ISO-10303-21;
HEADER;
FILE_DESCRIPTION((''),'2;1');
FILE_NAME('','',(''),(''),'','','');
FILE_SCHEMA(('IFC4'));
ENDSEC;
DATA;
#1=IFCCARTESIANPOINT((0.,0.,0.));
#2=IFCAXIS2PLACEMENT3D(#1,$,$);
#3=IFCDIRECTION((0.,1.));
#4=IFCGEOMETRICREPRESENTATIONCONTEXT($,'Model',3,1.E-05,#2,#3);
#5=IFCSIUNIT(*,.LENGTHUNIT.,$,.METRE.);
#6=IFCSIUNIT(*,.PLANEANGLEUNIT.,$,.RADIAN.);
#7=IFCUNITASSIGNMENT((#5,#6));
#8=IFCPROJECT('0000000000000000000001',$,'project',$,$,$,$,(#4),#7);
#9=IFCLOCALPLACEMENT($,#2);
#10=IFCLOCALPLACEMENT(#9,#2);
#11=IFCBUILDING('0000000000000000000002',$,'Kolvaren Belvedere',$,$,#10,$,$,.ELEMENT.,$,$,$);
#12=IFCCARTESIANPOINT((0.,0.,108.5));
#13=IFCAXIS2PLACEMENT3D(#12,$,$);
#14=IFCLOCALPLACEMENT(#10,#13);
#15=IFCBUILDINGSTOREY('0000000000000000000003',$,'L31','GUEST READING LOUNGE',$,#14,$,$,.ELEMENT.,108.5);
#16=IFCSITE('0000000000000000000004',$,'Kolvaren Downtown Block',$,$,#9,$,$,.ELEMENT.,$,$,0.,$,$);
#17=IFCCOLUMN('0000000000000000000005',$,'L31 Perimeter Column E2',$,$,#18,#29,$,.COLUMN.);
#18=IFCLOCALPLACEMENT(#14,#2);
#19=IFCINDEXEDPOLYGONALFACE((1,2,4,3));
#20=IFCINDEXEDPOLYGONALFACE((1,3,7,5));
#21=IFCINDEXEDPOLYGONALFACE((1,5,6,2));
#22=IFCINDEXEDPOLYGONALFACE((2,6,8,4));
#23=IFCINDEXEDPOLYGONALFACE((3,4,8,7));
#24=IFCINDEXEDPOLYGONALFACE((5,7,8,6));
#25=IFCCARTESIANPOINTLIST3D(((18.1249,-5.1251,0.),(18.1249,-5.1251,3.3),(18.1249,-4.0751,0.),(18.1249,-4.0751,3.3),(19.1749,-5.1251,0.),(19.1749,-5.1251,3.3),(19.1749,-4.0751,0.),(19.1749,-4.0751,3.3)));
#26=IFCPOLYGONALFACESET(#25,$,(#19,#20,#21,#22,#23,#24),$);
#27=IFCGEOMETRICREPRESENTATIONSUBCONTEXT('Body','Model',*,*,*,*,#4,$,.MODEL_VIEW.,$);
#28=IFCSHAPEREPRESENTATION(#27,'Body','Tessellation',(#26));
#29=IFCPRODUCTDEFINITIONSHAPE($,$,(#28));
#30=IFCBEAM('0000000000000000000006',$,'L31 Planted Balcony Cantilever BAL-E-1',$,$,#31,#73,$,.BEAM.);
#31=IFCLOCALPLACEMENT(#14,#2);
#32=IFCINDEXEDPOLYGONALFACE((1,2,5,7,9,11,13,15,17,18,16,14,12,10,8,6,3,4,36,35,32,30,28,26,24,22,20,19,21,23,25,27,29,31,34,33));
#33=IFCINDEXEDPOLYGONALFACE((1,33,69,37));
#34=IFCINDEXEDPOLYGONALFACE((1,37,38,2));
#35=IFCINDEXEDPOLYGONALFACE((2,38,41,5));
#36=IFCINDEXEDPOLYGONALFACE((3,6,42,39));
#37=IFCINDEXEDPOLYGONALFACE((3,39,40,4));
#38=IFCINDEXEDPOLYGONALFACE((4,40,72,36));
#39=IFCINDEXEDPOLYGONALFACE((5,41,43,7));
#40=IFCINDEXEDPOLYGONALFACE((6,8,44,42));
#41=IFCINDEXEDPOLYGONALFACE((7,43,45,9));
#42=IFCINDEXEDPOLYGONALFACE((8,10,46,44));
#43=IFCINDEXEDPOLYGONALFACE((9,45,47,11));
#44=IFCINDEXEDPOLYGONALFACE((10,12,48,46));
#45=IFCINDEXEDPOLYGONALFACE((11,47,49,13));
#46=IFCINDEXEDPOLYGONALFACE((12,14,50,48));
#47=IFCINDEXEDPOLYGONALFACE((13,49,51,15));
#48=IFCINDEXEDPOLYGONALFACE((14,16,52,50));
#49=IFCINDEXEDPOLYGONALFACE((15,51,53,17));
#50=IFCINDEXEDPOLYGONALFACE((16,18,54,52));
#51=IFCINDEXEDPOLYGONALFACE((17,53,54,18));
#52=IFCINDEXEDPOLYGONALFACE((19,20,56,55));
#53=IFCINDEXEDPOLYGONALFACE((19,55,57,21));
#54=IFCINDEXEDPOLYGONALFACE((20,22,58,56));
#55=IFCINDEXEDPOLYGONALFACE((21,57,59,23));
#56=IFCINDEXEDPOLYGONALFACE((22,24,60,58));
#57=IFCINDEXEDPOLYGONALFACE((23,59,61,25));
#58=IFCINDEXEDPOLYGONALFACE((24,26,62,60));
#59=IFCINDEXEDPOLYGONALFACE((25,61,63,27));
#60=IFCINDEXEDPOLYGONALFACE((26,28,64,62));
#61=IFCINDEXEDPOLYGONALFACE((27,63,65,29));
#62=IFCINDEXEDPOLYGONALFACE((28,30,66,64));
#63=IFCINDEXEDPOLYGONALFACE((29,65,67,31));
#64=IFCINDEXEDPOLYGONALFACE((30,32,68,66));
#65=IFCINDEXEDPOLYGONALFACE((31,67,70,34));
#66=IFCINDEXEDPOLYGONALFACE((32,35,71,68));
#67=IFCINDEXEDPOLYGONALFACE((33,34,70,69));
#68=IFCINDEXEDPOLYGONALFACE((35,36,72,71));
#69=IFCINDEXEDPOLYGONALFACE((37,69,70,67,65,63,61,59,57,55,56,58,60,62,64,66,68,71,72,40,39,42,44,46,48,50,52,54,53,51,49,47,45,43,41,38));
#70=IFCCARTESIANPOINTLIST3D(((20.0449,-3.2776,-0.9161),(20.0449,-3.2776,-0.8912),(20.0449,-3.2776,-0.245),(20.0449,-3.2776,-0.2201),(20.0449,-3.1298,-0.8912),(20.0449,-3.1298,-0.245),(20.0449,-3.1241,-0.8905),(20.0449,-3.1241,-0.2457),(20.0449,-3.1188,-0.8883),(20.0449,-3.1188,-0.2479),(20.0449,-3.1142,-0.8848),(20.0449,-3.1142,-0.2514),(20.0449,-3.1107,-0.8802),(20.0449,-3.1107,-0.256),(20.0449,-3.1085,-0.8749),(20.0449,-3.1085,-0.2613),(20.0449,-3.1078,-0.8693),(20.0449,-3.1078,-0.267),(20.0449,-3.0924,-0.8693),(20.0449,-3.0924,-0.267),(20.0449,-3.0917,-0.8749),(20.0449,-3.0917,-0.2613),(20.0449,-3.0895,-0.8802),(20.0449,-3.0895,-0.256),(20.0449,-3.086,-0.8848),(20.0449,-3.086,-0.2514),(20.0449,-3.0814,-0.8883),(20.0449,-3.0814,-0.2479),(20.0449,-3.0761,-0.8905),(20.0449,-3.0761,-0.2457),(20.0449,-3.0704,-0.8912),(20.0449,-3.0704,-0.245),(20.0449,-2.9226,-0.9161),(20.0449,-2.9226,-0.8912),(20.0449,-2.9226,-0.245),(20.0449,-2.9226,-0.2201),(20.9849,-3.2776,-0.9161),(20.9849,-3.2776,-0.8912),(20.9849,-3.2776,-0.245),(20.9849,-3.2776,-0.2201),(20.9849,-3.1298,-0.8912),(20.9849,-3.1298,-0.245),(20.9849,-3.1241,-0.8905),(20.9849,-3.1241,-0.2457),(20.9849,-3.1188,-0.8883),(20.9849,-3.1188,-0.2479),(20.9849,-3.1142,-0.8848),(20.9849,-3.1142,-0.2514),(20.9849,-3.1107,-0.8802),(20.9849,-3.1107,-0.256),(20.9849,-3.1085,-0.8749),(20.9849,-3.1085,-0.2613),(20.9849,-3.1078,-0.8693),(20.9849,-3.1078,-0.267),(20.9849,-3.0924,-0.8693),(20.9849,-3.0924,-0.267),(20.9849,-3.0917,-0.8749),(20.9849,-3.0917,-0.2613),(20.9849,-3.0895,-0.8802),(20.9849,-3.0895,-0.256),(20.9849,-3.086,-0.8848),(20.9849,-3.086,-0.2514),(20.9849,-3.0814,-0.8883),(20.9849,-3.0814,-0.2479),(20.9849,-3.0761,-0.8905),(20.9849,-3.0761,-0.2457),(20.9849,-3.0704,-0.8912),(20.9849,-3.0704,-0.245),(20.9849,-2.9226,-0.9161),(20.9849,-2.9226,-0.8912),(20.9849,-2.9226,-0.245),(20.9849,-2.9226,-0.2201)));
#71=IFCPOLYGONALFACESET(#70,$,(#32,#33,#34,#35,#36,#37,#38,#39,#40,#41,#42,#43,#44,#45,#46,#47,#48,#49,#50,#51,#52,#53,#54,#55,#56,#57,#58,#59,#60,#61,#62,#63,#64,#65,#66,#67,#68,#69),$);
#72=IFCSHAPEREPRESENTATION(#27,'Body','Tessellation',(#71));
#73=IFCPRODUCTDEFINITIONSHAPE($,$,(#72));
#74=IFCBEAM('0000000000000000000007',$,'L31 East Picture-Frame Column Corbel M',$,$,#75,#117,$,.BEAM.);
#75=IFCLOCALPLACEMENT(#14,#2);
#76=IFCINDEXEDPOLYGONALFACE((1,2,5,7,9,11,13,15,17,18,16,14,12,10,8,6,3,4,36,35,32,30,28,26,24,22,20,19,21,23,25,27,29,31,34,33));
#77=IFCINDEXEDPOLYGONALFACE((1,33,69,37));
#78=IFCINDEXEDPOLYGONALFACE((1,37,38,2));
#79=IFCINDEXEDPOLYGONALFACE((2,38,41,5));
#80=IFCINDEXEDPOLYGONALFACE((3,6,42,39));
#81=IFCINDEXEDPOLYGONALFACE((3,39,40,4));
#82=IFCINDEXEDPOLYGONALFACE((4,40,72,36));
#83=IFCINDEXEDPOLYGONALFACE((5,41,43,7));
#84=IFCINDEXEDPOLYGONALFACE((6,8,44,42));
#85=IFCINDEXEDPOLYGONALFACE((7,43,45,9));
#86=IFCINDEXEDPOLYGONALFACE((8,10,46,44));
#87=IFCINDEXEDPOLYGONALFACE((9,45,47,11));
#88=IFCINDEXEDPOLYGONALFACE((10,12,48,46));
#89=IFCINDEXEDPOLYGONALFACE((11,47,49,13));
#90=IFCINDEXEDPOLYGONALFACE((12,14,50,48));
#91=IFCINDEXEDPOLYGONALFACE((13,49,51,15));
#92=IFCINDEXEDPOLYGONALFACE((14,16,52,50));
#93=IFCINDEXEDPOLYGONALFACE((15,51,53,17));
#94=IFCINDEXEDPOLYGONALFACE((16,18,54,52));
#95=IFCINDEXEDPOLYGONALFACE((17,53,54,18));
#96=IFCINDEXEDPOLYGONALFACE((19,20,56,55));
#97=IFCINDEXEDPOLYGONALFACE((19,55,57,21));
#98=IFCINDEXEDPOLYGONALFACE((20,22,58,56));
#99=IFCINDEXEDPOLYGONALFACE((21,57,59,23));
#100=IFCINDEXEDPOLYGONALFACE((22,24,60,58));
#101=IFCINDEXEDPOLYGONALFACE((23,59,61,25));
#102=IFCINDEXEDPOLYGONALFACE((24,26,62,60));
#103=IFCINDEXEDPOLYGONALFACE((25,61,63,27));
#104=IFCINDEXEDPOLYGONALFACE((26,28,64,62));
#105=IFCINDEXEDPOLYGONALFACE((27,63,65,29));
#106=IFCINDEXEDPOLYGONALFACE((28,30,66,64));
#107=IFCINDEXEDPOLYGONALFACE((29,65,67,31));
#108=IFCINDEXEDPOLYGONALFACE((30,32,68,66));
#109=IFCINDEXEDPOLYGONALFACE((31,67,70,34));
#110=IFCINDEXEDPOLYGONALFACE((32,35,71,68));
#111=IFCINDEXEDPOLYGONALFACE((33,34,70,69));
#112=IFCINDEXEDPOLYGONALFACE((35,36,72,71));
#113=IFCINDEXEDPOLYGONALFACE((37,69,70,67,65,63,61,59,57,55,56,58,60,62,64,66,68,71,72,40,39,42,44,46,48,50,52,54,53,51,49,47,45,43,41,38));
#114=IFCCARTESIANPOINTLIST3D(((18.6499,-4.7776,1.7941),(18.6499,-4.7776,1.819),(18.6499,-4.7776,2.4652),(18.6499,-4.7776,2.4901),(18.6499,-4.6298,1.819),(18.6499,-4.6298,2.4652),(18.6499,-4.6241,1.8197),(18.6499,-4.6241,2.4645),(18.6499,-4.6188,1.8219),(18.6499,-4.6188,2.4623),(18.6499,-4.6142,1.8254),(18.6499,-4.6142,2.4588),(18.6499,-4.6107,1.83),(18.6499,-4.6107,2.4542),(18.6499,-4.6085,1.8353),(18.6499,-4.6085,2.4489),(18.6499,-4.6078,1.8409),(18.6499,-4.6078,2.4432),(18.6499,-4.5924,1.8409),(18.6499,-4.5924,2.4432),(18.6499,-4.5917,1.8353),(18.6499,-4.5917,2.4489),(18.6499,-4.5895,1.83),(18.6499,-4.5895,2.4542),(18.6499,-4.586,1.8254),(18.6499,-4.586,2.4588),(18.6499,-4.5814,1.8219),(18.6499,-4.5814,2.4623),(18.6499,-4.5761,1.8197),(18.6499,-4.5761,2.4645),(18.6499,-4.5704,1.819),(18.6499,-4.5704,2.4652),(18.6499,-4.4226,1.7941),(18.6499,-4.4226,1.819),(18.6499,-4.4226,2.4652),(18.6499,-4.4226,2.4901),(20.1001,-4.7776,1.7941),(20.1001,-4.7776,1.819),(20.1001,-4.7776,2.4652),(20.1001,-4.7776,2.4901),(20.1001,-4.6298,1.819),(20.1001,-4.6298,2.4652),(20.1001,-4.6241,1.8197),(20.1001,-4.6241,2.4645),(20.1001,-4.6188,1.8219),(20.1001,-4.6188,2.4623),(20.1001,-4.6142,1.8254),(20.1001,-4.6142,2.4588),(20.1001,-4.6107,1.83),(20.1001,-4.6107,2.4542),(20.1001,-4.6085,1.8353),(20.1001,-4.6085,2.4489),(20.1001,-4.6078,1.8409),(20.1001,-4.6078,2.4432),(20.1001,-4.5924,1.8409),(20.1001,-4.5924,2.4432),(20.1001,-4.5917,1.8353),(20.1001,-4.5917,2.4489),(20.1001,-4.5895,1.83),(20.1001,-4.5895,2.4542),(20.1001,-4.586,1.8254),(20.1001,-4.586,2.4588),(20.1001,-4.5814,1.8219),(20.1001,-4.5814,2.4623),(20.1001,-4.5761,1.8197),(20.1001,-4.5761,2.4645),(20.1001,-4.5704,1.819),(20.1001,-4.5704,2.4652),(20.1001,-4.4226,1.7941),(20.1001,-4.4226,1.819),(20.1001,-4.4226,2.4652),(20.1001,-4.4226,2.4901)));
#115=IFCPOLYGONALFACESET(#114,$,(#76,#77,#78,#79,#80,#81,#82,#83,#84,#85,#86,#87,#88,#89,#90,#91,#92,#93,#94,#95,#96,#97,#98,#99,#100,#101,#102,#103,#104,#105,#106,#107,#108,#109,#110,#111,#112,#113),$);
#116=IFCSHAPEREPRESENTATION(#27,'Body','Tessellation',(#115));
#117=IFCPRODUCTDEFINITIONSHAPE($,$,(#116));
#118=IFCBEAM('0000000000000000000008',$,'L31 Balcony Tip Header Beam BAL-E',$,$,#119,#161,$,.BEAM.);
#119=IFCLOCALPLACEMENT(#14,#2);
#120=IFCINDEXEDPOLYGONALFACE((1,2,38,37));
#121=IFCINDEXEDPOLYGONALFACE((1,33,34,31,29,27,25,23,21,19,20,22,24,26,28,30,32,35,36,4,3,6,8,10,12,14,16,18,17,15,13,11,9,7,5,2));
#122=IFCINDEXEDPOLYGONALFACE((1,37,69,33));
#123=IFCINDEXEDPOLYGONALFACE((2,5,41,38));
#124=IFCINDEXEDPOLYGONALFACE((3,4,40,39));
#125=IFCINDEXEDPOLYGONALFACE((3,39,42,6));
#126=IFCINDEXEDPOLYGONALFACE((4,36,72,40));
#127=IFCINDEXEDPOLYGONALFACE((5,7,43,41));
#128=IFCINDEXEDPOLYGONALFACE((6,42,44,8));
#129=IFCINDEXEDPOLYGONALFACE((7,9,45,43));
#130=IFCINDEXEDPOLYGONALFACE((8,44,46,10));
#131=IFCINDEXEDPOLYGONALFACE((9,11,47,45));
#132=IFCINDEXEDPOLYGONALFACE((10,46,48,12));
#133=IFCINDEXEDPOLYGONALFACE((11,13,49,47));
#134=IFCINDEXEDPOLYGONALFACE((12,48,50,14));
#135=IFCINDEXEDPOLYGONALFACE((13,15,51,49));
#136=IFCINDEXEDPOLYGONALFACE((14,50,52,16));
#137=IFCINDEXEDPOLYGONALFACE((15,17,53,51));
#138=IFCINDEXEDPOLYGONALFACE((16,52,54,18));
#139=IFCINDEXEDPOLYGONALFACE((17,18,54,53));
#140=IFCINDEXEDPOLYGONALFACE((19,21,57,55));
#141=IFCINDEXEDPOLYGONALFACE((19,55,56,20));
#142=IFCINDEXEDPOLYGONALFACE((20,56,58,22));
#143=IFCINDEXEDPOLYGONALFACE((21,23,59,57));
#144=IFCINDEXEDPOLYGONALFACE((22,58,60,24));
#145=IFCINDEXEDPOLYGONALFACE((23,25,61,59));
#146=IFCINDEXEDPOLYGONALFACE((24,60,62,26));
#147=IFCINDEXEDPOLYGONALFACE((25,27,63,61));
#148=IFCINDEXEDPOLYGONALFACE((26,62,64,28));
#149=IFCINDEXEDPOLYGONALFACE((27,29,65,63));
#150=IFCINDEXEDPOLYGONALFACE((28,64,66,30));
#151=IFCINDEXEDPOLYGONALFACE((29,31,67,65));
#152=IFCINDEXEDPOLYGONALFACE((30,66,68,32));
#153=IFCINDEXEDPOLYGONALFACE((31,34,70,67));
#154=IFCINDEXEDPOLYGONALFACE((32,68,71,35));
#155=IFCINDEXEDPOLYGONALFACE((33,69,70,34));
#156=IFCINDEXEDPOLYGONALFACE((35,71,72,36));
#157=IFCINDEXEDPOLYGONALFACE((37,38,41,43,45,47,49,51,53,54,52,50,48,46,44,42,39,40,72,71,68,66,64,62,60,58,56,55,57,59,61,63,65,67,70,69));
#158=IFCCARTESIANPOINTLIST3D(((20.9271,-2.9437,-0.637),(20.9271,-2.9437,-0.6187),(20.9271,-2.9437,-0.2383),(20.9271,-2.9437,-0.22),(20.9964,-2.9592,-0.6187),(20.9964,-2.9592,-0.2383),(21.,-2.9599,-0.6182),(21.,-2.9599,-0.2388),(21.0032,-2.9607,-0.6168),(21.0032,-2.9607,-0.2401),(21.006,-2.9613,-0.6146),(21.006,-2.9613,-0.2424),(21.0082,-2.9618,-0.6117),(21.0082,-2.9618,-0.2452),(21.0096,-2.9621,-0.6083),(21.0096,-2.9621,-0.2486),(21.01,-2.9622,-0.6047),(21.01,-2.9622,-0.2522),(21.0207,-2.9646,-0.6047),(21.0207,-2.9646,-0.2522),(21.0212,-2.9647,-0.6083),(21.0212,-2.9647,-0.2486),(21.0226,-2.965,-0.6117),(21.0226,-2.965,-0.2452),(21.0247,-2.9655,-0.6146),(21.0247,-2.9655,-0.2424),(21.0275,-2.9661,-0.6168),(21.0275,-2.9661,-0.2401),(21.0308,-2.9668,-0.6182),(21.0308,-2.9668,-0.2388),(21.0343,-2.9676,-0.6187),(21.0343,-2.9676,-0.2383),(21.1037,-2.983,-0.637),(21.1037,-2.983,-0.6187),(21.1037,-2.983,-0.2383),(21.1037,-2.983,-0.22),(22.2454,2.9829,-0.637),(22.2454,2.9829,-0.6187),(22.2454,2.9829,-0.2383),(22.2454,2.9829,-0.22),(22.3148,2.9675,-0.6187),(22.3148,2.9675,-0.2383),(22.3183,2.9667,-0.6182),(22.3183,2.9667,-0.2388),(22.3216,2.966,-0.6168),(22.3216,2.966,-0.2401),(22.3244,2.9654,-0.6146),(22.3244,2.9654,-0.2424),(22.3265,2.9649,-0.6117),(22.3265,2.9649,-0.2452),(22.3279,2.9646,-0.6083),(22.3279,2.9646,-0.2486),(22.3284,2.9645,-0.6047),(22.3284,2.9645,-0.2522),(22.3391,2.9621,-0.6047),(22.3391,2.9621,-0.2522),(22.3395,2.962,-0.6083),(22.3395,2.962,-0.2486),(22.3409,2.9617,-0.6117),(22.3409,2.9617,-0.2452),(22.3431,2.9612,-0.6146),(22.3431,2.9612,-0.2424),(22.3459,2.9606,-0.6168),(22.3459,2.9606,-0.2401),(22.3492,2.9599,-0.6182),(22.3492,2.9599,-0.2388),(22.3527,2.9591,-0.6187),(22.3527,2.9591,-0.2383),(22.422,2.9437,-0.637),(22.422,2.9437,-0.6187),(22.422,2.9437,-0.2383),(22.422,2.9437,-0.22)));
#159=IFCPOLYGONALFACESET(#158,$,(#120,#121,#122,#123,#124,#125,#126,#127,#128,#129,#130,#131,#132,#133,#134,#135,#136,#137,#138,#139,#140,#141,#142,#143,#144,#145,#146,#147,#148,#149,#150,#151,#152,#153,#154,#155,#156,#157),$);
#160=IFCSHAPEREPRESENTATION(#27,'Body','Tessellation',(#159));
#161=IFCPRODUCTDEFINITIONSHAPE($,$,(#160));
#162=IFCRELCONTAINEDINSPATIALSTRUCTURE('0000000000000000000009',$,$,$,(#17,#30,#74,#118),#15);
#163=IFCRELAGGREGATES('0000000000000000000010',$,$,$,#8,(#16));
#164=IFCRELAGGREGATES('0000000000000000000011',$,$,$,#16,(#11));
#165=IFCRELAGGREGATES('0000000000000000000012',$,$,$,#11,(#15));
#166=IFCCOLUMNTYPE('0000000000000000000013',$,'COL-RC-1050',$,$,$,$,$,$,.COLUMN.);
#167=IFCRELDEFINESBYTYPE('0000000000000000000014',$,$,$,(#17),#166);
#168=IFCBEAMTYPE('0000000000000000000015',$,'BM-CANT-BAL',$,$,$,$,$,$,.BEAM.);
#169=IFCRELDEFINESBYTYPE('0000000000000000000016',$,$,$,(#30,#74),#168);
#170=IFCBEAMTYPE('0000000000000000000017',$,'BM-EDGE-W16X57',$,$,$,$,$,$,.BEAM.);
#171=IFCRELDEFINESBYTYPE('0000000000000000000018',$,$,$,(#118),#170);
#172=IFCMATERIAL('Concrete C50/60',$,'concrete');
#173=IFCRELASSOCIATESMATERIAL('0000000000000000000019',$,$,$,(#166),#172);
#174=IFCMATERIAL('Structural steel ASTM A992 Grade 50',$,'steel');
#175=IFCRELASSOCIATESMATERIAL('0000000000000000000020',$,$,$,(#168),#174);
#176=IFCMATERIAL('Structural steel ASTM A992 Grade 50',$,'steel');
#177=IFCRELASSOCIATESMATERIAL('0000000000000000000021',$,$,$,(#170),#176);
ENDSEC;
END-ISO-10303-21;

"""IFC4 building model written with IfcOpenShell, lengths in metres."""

from ifc_helpers import new_model, si_unit, direction, frame, origin, origin_2d, place, context, subcontext, project, spatial, rectangle, i_section, extrude, material, material_profile, profile_set, type_object, element, save


model = new_model("IFC4")

# Units and contexts
model_context = context("Model", 3, precision=1e-05, world=origin(), true_north=direction((0.0, 1.0)))
body_context = subcontext(model_context, "Body", "Model", "MODEL_VIEW")
ifc_project = project(units=[si_unit("LENGTHUNIT", "METRE"), si_unit("PLANEANGLEUNIT", "RADIAN")], contexts=[model_context])

# Site, building, storey
site_placement = place(None, origin())
site = spatial("IfcSite", under=ifc_project, at=site_placement, Name="Kolvaren Downtown Block", CompositionType="ELEMENT", RefElevation=0.0)
building_placement = place(site_placement, origin())
building = spatial("IfcBuilding", under=site, at=building_placement, Name="Kolvaren Belvedere", CompositionType="ELEMENT")
storey_placement = place(building_placement, frame((0.0, 0.0, 108.5)))
storey = spatial("IfcBuildingStorey", under=building, at=storey_placement, Name="L31", Description="GUEST READING LOUNGE", CompositionType="ELEMENT", Elevation=108.5)

# Column
ifc_material_1 = material(Name="Concrete C50/60", Category="concrete")
ifc_material_profile_1 = material_profile(ifc_material_1, rectangle(XDim=1.05, YDim=1.05, at=origin_2d()), Name="RC 1050X1050")
ifc_profile_set_1 = profile_set([ifc_material_profile_1], Name="Concrete C50/60")
column_type = type_object("IfcColumnType", Name="COL-RC-1050", PredefinedType="COLUMN", material=ifc_profile_set_1)
column_placement = place(storey_placement, frame((18.6499, -4.6001, 0.0), z_axis=(0.0, 0.0, 1.0), x_axis=(1.0, 0.0, 0.0)))
element("IfcColumn", 1, at=column_placement, inside=storey, type_object=column_type, Name="L31 Perimeter Column E2", PredefinedType="COLUMN", context=body_context, shape_type="SweptSolid", body=[
    extrude(rectangle(XDim=1.05, YDim=1.05, at=origin_2d()), origin(), (0.0, 0.0, 1.0), 3.3),
])

# Beams
ifc_material_2 = material(Name="Structural steel ASTM A992 Grade 50", Category="steel")
ifc_material_profile_2 = material_profile(ifc_material_2, i_section(OverallWidth=0.355, OverallDepth=0.696, WebThickness=0.0154, FlangeThickness=0.0249, FilletRadius=0.022, at=origin_2d()), Name="W27X146")
ifc_profile_set_2 = profile_set([ifc_material_profile_2], Name="Structural steel ASTM A992 Grade 50")
beam_type_1 = type_object("IfcBeamType", Name="BM-CANT-BAL", PredefinedType="BEAM", material=ifc_profile_set_2)
beam_1_placement = place(storey_placement, frame((20.0449, -3.1001, -0.5681), z_axis=(1.0, 0.0, 0.0), x_axis=(0.0, 1.0, 0.0)))
element("IfcBeam", 2, at=beam_1_placement, inside=storey, type_object=beam_type_1, Name="L31 Planted Balcony Cantilever BAL-E-1", PredefinedType="BEAM", context=body_context, shape_type="SweptSolid", body=[
    extrude(i_section(OverallWidth=0.355, OverallDepth=0.696, WebThickness=0.0154, FlangeThickness=0.0249, FilletRadius=0.022, at=origin_2d()), origin(), (0.0, 0.0, 1.0), 0.9399),
])
beam_2_placement = place(storey_placement, frame((18.6499, -4.6001, 2.1421), z_axis=(1.0, 0.0, 0.0), x_axis=(0.0, 1.0, 0.0)))
element("IfcBeam", 3, at=beam_2_placement, inside=storey, type_object=beam_type_1, Name="L31 East Picture-Frame Column Corbel M", PredefinedType="BEAM", context=body_context, shape_type="SweptSolid", body=[
    extrude(i_section(OverallWidth=0.355, OverallDepth=0.696, WebThickness=0.0154, FlangeThickness=0.0249, FilletRadius=0.022, at=origin_2d()), origin(), (0.0, 0.0, 1.0), 1.4502),
])
ifc_material_3 = material(Name="Structural steel ASTM A992 Grade 50", Category="steel")
ifc_material_profile_3 = material_profile(ifc_material_3, i_section(OverallWidth=0.1809, OverallDepth=0.417, WebThickness=0.011, FlangeThickness=0.0183, FilletRadius=0.0139, at=origin_2d()), Name="W16X57")
ifc_profile_set_3 = profile_set([ifc_material_profile_3], Name="Structural steel ASTM A992 Grade 50")
beam_type_2 = type_object("IfcBeamType", Name="BM-EDGE-W16X57", PredefinedType="BEAM", material=ifc_profile_set_3)
beam_3_placement = place(storey_placement, frame((21.0154, -2.9634, -0.4285), z_axis=(0.217135, 0.976142, 0.0), x_axis=(-0.976142, 0.217135, 0.0)))
element("IfcBeam", 4, at=beam_3_placement, inside=storey, type_object=beam_type_2, Name="L31 Balcony Tip Header Beam BAL-E", PredefinedType="BEAM", context=body_context, shape_type="SweptSolid", body=[
    extrude(i_section(OverallWidth=0.1809, OverallDepth=0.417, WebThickness=0.011, FlangeThickness=0.0183, FilletRadius=0.0139, at=origin_2d()), origin(), (0.0, 0.0, 1.0), 6.0715),
])

save(model, "model.ifc")
